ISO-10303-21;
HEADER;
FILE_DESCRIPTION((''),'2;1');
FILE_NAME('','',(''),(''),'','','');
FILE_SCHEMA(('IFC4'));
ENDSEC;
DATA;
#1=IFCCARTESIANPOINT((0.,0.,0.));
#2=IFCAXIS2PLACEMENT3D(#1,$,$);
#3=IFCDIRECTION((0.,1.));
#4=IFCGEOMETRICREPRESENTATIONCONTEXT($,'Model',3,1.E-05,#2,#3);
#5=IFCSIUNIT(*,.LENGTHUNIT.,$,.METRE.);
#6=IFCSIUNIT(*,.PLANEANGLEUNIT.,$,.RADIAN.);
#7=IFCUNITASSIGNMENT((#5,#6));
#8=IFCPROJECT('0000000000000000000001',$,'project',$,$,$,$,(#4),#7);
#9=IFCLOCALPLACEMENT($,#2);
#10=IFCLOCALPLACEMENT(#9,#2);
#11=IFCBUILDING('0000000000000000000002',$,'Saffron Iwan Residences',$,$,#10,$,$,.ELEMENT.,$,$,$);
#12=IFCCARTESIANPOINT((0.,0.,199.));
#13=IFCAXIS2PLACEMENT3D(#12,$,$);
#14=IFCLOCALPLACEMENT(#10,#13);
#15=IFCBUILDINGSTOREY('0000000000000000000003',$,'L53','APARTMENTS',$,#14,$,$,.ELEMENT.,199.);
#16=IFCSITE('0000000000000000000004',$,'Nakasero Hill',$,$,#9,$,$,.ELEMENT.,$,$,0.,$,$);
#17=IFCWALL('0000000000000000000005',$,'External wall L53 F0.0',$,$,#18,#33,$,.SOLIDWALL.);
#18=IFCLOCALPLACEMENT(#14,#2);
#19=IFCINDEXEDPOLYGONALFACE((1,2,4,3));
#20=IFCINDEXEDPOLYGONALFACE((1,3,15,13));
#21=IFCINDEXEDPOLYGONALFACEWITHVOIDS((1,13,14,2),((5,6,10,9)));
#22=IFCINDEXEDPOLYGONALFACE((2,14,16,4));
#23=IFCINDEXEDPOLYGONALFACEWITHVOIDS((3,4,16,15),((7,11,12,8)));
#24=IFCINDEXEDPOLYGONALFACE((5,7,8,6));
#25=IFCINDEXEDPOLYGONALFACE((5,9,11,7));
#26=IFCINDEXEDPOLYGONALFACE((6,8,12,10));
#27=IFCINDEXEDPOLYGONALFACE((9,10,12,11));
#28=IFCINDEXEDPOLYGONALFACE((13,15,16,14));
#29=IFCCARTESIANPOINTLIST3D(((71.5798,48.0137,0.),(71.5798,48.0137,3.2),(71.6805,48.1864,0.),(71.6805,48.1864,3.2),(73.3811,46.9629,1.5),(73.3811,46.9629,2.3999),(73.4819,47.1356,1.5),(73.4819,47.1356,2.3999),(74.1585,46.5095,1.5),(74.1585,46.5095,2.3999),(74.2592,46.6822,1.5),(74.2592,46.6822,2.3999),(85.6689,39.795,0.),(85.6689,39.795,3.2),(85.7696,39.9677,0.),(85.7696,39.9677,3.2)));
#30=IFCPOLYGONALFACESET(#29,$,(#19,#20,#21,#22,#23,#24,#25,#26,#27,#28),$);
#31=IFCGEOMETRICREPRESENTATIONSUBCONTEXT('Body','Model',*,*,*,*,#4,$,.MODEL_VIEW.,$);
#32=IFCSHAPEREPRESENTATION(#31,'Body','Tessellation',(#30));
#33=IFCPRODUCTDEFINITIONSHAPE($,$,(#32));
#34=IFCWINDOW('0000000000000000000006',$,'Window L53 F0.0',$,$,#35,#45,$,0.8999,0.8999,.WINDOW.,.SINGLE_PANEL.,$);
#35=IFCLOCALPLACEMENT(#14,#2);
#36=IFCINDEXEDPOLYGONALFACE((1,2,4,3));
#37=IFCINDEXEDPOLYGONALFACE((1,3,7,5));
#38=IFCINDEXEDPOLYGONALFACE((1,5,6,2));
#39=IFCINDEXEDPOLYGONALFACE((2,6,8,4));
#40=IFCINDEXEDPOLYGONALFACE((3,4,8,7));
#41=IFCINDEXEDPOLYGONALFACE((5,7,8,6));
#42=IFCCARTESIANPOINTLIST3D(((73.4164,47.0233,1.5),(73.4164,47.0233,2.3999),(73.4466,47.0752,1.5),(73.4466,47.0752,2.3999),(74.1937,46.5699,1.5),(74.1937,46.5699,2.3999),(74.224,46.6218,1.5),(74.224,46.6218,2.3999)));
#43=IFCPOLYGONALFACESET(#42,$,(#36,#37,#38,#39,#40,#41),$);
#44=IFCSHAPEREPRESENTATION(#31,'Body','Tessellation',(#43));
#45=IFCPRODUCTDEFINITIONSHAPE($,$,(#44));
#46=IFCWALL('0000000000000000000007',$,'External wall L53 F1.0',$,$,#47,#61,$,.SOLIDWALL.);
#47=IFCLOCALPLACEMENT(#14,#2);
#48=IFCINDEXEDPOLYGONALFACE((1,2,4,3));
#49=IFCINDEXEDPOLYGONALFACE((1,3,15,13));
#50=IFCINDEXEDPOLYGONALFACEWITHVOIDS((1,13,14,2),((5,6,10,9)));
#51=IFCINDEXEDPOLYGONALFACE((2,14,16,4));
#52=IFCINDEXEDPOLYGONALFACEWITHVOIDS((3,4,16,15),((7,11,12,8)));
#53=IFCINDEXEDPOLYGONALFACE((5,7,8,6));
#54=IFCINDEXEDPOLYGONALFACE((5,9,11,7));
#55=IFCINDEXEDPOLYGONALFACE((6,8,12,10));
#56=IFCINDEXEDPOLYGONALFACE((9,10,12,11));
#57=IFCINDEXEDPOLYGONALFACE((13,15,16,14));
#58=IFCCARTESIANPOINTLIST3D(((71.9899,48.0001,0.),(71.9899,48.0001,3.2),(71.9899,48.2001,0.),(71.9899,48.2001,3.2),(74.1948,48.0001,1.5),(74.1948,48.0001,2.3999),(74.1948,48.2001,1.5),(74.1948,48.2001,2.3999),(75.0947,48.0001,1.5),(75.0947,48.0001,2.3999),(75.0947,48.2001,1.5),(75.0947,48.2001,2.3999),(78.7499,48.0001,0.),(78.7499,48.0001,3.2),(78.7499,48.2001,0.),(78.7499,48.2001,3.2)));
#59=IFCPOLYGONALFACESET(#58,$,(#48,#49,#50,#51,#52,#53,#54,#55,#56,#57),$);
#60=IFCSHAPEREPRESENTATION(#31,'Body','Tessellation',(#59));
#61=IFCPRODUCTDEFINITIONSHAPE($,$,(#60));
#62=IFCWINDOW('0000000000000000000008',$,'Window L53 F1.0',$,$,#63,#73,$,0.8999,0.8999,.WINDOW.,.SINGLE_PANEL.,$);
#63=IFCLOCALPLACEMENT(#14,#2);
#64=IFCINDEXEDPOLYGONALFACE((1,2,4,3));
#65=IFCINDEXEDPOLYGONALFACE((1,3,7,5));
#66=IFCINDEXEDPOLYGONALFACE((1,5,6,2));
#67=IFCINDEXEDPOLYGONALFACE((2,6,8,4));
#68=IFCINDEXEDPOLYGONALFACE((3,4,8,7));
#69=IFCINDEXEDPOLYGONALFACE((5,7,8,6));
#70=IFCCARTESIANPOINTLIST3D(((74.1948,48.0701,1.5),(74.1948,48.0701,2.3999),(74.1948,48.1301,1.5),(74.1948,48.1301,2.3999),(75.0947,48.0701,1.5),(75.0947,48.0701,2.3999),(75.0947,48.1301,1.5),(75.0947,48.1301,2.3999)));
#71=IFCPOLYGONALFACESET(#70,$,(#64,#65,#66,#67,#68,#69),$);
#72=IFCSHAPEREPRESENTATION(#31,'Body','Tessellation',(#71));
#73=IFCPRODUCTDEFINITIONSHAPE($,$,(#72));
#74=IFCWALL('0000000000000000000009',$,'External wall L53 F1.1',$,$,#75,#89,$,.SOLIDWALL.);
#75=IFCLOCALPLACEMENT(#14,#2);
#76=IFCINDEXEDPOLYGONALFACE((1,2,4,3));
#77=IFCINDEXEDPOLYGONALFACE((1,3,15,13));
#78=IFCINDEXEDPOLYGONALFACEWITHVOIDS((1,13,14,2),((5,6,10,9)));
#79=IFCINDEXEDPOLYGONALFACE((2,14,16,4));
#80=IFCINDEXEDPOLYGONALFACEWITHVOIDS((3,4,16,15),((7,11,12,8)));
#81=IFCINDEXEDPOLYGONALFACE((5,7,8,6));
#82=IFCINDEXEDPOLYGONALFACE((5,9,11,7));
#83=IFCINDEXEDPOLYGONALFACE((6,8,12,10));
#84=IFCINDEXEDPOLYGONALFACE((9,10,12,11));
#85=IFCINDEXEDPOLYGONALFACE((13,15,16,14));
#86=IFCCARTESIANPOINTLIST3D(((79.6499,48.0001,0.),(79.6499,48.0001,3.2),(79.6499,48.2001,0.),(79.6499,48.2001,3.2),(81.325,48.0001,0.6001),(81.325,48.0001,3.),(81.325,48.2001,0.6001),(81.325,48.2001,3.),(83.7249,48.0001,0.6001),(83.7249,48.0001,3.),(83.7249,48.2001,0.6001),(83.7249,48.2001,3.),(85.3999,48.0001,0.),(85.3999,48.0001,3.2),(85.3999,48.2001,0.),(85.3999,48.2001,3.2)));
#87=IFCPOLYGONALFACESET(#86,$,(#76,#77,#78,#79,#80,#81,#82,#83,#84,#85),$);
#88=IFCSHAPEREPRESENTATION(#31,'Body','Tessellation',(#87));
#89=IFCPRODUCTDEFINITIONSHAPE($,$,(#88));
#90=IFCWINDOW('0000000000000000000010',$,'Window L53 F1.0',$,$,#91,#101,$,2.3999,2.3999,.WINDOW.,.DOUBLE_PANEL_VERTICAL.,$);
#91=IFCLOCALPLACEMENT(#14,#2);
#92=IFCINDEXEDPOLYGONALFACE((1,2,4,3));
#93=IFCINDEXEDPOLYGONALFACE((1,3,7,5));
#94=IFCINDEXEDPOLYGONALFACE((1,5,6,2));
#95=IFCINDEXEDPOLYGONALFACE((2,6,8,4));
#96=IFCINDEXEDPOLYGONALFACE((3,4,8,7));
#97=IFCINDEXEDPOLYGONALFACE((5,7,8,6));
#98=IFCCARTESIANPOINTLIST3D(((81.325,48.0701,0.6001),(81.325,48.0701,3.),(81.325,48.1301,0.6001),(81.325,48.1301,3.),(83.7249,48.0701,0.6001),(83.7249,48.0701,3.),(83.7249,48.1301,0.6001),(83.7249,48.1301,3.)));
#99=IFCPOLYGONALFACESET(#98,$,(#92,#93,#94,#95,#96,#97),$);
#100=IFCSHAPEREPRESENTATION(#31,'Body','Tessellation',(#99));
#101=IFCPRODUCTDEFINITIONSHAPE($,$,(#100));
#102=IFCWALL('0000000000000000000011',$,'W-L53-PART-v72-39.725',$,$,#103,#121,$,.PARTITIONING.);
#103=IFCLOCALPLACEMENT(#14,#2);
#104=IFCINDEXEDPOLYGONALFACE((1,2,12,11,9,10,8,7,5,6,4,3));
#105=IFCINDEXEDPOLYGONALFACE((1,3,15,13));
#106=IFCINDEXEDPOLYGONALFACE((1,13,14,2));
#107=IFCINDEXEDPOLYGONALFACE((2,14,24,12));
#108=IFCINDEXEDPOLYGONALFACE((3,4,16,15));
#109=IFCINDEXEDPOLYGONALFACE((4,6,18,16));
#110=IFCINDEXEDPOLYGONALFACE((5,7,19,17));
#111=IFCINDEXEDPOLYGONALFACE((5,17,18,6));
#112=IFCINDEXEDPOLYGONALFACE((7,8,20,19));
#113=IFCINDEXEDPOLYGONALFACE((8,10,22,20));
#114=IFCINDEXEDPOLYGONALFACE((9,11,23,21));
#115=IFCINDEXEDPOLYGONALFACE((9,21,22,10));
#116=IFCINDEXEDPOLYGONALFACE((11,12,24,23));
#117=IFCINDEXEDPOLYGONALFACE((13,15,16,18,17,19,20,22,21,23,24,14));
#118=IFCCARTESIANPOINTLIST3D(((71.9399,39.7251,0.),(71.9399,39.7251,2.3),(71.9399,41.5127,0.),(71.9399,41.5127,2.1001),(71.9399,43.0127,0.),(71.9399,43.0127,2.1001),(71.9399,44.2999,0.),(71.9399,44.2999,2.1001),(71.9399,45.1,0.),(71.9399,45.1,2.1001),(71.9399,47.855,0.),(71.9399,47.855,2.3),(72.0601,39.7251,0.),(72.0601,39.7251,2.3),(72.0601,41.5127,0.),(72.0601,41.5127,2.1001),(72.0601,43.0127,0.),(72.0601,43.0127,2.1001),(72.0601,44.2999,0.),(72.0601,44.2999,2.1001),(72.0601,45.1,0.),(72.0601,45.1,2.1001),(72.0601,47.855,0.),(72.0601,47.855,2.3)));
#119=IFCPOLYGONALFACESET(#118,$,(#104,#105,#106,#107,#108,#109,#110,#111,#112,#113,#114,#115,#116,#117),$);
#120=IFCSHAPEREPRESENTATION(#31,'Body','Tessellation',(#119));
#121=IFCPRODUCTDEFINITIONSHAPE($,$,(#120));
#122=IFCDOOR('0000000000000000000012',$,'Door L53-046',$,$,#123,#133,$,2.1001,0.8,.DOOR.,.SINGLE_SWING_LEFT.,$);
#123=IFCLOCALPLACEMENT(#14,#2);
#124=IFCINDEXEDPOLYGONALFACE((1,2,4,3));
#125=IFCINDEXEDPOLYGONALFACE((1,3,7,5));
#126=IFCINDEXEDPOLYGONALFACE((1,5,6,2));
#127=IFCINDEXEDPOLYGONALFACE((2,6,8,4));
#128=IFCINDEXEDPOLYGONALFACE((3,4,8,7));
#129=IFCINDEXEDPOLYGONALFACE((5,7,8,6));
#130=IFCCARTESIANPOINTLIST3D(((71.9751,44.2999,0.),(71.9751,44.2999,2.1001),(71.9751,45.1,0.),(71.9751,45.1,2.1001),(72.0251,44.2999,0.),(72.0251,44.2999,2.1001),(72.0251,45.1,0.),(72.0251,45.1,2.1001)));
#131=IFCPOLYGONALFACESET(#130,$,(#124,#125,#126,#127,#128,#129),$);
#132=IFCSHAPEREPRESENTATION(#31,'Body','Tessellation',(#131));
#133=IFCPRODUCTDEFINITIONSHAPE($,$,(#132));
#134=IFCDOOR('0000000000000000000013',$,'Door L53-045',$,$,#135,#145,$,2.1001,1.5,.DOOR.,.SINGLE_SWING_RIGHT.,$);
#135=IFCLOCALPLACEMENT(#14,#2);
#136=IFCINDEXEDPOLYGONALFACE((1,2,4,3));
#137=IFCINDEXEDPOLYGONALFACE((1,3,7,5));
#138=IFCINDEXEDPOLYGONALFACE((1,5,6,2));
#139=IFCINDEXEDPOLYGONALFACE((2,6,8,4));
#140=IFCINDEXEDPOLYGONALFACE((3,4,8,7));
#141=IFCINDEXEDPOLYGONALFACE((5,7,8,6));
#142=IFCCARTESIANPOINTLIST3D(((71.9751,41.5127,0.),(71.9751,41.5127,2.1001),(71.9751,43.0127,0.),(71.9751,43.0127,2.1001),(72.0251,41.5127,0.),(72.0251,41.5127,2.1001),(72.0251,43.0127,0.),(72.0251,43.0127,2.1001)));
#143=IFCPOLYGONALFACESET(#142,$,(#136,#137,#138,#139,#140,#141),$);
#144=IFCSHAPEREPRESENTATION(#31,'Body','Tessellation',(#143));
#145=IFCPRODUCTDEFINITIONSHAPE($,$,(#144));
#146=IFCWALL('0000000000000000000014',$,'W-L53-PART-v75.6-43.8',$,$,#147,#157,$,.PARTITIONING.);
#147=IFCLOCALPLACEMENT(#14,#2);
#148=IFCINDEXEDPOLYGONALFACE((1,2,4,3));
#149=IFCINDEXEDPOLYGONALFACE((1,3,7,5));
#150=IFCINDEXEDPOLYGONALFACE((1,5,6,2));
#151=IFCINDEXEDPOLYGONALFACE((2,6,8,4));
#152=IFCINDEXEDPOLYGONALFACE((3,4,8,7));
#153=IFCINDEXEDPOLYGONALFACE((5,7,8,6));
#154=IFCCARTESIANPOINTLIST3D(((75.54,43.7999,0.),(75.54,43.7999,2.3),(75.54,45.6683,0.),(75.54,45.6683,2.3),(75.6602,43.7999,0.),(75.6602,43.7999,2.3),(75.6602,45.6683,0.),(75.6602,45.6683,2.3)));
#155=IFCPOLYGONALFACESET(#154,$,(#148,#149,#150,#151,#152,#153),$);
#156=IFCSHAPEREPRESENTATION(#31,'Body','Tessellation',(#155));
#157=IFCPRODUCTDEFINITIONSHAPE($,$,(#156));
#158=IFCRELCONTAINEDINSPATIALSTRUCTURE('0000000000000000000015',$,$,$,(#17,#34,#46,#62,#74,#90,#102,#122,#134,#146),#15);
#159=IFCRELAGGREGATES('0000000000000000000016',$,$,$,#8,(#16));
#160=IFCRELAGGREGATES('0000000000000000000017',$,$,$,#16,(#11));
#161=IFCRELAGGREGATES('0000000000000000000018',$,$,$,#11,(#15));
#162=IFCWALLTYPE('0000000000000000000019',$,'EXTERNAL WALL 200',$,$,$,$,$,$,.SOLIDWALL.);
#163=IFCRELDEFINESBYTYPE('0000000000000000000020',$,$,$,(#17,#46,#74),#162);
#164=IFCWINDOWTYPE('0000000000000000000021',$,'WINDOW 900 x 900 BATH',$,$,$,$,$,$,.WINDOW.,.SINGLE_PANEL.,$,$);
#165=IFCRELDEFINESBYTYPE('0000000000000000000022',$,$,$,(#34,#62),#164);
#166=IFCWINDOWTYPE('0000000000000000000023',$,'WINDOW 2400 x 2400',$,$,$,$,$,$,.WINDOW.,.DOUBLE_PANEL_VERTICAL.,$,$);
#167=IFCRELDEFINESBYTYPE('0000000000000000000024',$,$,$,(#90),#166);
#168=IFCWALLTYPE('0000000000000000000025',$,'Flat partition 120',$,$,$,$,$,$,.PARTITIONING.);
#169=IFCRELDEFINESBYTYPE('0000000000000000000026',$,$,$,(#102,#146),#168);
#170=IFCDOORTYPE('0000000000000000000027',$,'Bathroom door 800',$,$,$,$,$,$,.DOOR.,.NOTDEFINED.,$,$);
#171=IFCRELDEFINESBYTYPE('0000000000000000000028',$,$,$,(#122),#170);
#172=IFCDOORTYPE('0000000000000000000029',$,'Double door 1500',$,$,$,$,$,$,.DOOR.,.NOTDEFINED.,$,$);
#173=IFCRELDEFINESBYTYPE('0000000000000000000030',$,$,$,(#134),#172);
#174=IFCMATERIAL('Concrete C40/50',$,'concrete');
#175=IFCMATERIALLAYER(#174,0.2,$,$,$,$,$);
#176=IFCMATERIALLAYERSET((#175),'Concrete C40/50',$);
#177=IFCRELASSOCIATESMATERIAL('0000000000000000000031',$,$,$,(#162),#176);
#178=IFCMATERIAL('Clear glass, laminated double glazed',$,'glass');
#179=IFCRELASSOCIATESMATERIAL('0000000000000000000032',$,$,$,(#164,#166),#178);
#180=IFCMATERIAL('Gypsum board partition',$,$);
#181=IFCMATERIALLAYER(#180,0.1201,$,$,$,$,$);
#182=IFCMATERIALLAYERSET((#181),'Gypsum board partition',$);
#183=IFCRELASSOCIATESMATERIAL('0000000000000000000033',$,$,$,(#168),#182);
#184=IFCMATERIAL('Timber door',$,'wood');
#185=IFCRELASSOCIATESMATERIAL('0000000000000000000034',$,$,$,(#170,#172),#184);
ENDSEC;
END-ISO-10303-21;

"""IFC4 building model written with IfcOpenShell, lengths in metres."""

from ifc_helpers import new_model, si_unit, direction, frame, frame_2d, origin, place, context, subcontext, project, spatial, rectangle, extrude, material, layer, layer_set, type_object, element, fill, save


model = new_model("IFC4")

# Units and contexts
model_context = context("Model", 3, precision=1e-05, world=origin(), true_north=direction((0.0, 1.0)))
body_context = subcontext(model_context, "Body", "Model", "MODEL_VIEW")
ifc_project = project(units=[si_unit("LENGTHUNIT", "METRE"), si_unit("PLANEANGLEUNIT", "RADIAN")], contexts=[model_context])

# Site, building, storey
site_placement = place(None, origin())
site = spatial("IfcSite", under=ifc_project, at=site_placement, Name="Nakasero Hill", CompositionType="ELEMENT", RefElevation=0.0)
building_placement = place(site_placement, origin())
building = spatial("IfcBuilding", under=site, at=building_placement, Name="Saffron Iwan Residences", CompositionType="ELEMENT")
storey_placement = place(building_placement, frame((0.0, 0.0, 199.0)))
storey = spatial("IfcBuildingStorey", under=building, at=storey_placement, Name="L53", Description="APARTMENTS", CompositionType="ELEMENT", Elevation=199.0)

# Walls, openings, windows
ifc_material_1 = material(Name="Concrete C40/50", Category="concrete")
ifc_layer_1 = layer(ifc_material_1, 0.2)
ifc_layer_set_1 = layer_set([ifc_layer_1], Name="Concrete C40/50")
wall_type_1 = type_object("IfcWallType", Name="EXTERNAL WALL 200", PredefinedType="SOLIDWALL", material=ifc_layer_set_1)
wall_1_placement = place(storey_placement, frame((85.7192, 39.8813, 0.0), z_axis=(0.0, 0.0, 1.0), x_axis=(-0.863776, 0.503876, 0.0)))
wall_1 = element("IfcWall", 1, at=wall_1_placement, inside=storey, type_object=wall_type_1, Name="External wall L53 F0.0", PredefinedType="SOLIDWALL", context=body_context, shape_type="SweptSolid", body=[
    extrude(rectangle(XDim=16.311, YDim=0.2, at=frame_2d((8.1555, 0.0))), origin(), (0.0, 0.0, 1.0), 3.2),
])
opening_1_placement = place(wall_1_placement, frame((13.3257, 0.0, 1.5)))
opening_1 = element("IfcOpeningElement", 2, at=opening_1_placement, cuts=wall_1, PredefinedType="OPENING", context=body_context, shape_type="SweptSolid", body=[
    extrude(rectangle(XDim=0.8999, YDim=0.8999, at=frame_2d((0.45, 0.45))), frame((0.0, 0.1099, 0.0), z_axis=(0.0, -1.0, 0.0), x_axis=(1.0, 0.0, 0.0)), (0.0, 0.0, 1.0), 0.22),
])
ifc_material_2 = material(Name="Clear glass, laminated double glazed", Category="glass")
window_type_1 = type_object("IfcWindowType", Name="WINDOW 900 x 900 BATH", PartitioningType="SINGLE_PANEL", PredefinedType="WINDOW", material=ifc_material_2)
window_1_placement = place(opening_1_placement, origin())
window_1 = element("IfcWindow", 3, at=window_1_placement, inside=storey, type_object=window_type_1, Name="Window L53 F0.0", OverallHeight=0.8999, OverallWidth=0.8999, PartitioningType="SINGLE_PANEL", PredefinedType="WINDOW", context=body_context, shape_type="SweptSolid", body=[
    extrude(rectangle(XDim=0.8999, YDim=0.8999, at=frame_2d((0.45, 0.45))), frame((0.0, 0.03, 0.0), z_axis=(0.0, -1.0, 0.0), x_axis=(1.0, 0.0, 0.0)), (0.0, 0.0, 1.0), 0.0601),
])
fill(opening_1, window_1)
wall_2_placement = place(storey_placement, frame((71.99, 48.1001, 0.0), z_axis=(0.0, 0.0, 1.0), x_axis=(1.0, 0.0, 0.0)))
wall_2 = element("IfcWall", 4, at=wall_2_placement, inside=storey, type_object=wall_type_1, Name="External wall L53 F1.0", PredefinedType="SOLIDWALL", context=body_context, shape_type="SweptSolid", body=[
    extrude(rectangle(XDim=6.76, YDim=0.2, at=frame_2d((3.3799, 0.0))), origin(), (0.0, 0.0, 1.0), 3.2),
])
opening_2_placement = place(wall_2_placement, frame((2.2048, 0.0, 1.5)))
opening_2 = element("IfcOpeningElement", 5, at=opening_2_placement, cuts=wall_2, PredefinedType="OPENING", context=body_context, shape_type="SweptSolid", body=[
    extrude(rectangle(XDim=0.8999, YDim=0.8999, at=frame_2d((0.45, 0.45))), frame((0.0, 0.1099, 0.0), z_axis=(0.0, -1.0, 0.0), x_axis=(1.0, 0.0, 0.0)), (0.0, 0.0, 1.0), 0.22),
])
window_2_placement = place(opening_2_placement, origin())
window_2 = element("IfcWindow", 6, at=window_2_placement, inside=storey, type_object=window_type_1, Name="Window L53 F1.0", OverallHeight=0.8999, OverallWidth=0.8999, PartitioningType="SINGLE_PANEL", PredefinedType="WINDOW", context=body_context, shape_type="SweptSolid", body=[
    extrude(rectangle(XDim=0.8999, YDim=0.8999, at=frame_2d((0.45, 0.45))), frame((0.0, 0.03, 0.0), z_axis=(0.0, -1.0, 0.0), x_axis=(1.0, 0.0, 0.0)), (0.0, 0.0, 1.0), 0.0601),
])
fill(opening_2, window_2)
wall_3_placement = place(storey_placement, frame((79.6499, 48.1001, 0.0), z_axis=(0.0, 0.0, 1.0), x_axis=(1.0, 0.0, 0.0)))
wall_3 = element("IfcWall", 7, at=wall_3_placement, inside=storey, type_object=wall_type_1, Name="External wall L53 F1.1", PredefinedType="SOLIDWALL", context=body_context, shape_type="SweptSolid", body=[
    extrude(rectangle(XDim=5.75, YDim=0.2, at=frame_2d((2.875, 0.0))), origin(), (0.0, 0.0, 1.0), 3.2),
])
opening_3_placement = place(wall_3_placement, frame((1.675, 0.0, 0.6001)))
opening_3 = element("IfcOpeningElement", 8, at=opening_3_placement, cuts=wall_3, PredefinedType="OPENING", context=body_context, shape_type="SweptSolid", body=[
    extrude(rectangle(XDim=2.3999, YDim=2.3999, at=frame_2d((1.2, 1.2))), frame((0.0, 0.1099, 0.0), z_axis=(0.0, -1.0, 0.0), x_axis=(1.0, 0.0, 0.0)), (0.0, 0.0, 1.0), 0.22),
])
window_type_2 = type_object("IfcWindowType", Name="WINDOW 2400 x 2400", PartitioningType="DOUBLE_PANEL_VERTICAL", PredefinedType="WINDOW", material=ifc_material_2)
window_3_placement = place(opening_3_placement, origin())
window_3 = element("IfcWindow", 9, at=window_3_placement, inside=storey, type_object=window_type_2, Name="Window L53 F1.0", OverallHeight=2.3999, OverallWidth=2.3999, PartitioningType="DOUBLE_PANEL_VERTICAL", PredefinedType="WINDOW", context=body_context, shape_type="SweptSolid", body=[
    extrude(rectangle(XDim=2.3999, YDim=2.3999, at=frame_2d((1.2, 1.2))), frame((0.0, 0.03, 0.0), z_axis=(0.0, -1.0, 0.0), x_axis=(1.0, 0.0, 0.0)), (0.0, 0.0, 1.0), 0.0601),
])
fill(opening_3, window_3)

# Wall, openings, doors
ifc_material_3 = material(Name="Gypsum board partition")
ifc_layer_2 = layer(ifc_material_3, 0.1201)
ifc_layer_set_2 = layer_set([ifc_layer_2], Name="Gypsum board partition")
wall_type_2 = type_object("IfcWallType", Name="Flat partition 120", PredefinedType="PARTITIONING", material=ifc_layer_set_2)
wall_4_placement = place(storey_placement, frame((72.0, 39.7251, 0.0), z_axis=(0.0, 0.0, 1.0), x_axis=(0.0, 1.0, 0.0)))
wall_4 = element("IfcWall", 10, at=wall_4_placement, inside=storey, type_object=wall_type_2, Name="W-L53-PART-v72-39.725", PredefinedType="PARTITIONING", context=body_context, shape_type="SweptSolid", body=[
    extrude(rectangle(XDim=8.1299, YDim=0.1201, at=frame_2d((4.0649, 0.0))), origin(), (0.0, 0.0, 1.0), 2.3),
])
opening_4_placement = place(wall_4_placement, frame((1.7876, 0.0, 0.0)))
opening_4 = element("IfcOpeningElement", 11, at=opening_4_placement, cuts=wall_4, PredefinedType="OPENING", context=body_context, shape_type="SweptSolid", body=[
    extrude(rectangle(XDim=1.5, YDim=2.1001, at=frame_2d((0.75, 1.05))), frame((0.0, 0.0701, 0.0), z_axis=(0.0, -1.0, 0.0), x_axis=(1.0, 0.0, 0.0)), (0.0, 0.0, 1.0), 0.1401),
])
opening_5_placement = place(wall_4_placement, frame((4.575, 0.0, 0.0)))
opening_5 = element("IfcOpeningElement", 12, at=opening_5_placement, cuts=wall_4, PredefinedType="OPENING", context=body_context, shape_type="SweptSolid", body=[
    extrude(rectangle(XDim=0.8, YDim=2.1001, at=frame_2d((0.3999, 1.05))), frame((0.0, 0.0701, 0.0), z_axis=(0.0, -1.0, 0.0), x_axis=(1.0, 0.0, 0.0)), (0.0, 0.0, 1.0), 0.1401),
])
ifc_material_4 = material(Name="Timber door", Category="wood")
door_type_1 = type_object("IfcDoorType", Name="Bathroom door 800", OperationType="NOTDEFINED", PredefinedType="DOOR", material=ifc_material_4)
door_1_placement = place(opening_5_placement, origin())
door_1 = element("IfcDoor", 13, at=door_1_placement, inside=storey, type_object=door_type_1, Name="Door L53-046", OperationType="SINGLE_SWING_LEFT", OverallHeight=2.1001, OverallWidth=0.8, PredefinedType="DOOR", context=body_context, shape_type="SweptSolid", body=[
    extrude(rectangle(XDim=0.8, YDim=2.1001, at=frame_2d((0.3999, 1.05))), frame((0.0, 0.0249, 0.0), z_axis=(0.0, -1.0, 0.0), x_axis=(1.0, 0.0, 0.0)), (0.0, 0.0, 1.0), 0.05),
])
fill(opening_5, door_1)
door_type_2 = type_object("IfcDoorType", Name="Double door 1500", OperationType="NOTDEFINED", PredefinedType="DOOR", material=ifc_material_4)
door_2_placement = place(opening_4_placement, origin())
door_2 = element("IfcDoor", 14, at=door_2_placement, inside=storey, type_object=door_type_2, Name="Door L53-045", OperationType="SINGLE_SWING_RIGHT", OverallHeight=2.1001, OverallWidth=1.5, PredefinedType="DOOR", context=body_context, shape_type="SweptSolid", body=[
    extrude(rectangle(XDim=1.5, YDim=2.1001, at=frame_2d((0.75, 1.05))), frame((0.0, 0.0249, 0.0), z_axis=(0.0, -1.0, 0.0), x_axis=(1.0, 0.0, 0.0)), (0.0, 0.0, 1.0), 0.05),
])
fill(opening_4, door_2)

# Wall
wall_5_placement = place(storey_placement, frame((75.6001, 43.8, 0.0), z_axis=(0.0, 0.0, 1.0), x_axis=(0.0, 1.0, 0.0)))
element("IfcWall", 15, at=wall_5_placement, inside=storey, type_object=wall_type_2, Name="W-L53-PART-v75.6-43.8", PredefinedType="PARTITIONING", context=body_context, shape_type="SweptSolid", body=[
    extrude(rectangle(XDim=1.8684, YDim=0.1201, at=frame_2d((0.9341, 0.0))), origin(), (0.0, 0.0, 1.0), 2.3),
])

save(model, "model.ifc")
